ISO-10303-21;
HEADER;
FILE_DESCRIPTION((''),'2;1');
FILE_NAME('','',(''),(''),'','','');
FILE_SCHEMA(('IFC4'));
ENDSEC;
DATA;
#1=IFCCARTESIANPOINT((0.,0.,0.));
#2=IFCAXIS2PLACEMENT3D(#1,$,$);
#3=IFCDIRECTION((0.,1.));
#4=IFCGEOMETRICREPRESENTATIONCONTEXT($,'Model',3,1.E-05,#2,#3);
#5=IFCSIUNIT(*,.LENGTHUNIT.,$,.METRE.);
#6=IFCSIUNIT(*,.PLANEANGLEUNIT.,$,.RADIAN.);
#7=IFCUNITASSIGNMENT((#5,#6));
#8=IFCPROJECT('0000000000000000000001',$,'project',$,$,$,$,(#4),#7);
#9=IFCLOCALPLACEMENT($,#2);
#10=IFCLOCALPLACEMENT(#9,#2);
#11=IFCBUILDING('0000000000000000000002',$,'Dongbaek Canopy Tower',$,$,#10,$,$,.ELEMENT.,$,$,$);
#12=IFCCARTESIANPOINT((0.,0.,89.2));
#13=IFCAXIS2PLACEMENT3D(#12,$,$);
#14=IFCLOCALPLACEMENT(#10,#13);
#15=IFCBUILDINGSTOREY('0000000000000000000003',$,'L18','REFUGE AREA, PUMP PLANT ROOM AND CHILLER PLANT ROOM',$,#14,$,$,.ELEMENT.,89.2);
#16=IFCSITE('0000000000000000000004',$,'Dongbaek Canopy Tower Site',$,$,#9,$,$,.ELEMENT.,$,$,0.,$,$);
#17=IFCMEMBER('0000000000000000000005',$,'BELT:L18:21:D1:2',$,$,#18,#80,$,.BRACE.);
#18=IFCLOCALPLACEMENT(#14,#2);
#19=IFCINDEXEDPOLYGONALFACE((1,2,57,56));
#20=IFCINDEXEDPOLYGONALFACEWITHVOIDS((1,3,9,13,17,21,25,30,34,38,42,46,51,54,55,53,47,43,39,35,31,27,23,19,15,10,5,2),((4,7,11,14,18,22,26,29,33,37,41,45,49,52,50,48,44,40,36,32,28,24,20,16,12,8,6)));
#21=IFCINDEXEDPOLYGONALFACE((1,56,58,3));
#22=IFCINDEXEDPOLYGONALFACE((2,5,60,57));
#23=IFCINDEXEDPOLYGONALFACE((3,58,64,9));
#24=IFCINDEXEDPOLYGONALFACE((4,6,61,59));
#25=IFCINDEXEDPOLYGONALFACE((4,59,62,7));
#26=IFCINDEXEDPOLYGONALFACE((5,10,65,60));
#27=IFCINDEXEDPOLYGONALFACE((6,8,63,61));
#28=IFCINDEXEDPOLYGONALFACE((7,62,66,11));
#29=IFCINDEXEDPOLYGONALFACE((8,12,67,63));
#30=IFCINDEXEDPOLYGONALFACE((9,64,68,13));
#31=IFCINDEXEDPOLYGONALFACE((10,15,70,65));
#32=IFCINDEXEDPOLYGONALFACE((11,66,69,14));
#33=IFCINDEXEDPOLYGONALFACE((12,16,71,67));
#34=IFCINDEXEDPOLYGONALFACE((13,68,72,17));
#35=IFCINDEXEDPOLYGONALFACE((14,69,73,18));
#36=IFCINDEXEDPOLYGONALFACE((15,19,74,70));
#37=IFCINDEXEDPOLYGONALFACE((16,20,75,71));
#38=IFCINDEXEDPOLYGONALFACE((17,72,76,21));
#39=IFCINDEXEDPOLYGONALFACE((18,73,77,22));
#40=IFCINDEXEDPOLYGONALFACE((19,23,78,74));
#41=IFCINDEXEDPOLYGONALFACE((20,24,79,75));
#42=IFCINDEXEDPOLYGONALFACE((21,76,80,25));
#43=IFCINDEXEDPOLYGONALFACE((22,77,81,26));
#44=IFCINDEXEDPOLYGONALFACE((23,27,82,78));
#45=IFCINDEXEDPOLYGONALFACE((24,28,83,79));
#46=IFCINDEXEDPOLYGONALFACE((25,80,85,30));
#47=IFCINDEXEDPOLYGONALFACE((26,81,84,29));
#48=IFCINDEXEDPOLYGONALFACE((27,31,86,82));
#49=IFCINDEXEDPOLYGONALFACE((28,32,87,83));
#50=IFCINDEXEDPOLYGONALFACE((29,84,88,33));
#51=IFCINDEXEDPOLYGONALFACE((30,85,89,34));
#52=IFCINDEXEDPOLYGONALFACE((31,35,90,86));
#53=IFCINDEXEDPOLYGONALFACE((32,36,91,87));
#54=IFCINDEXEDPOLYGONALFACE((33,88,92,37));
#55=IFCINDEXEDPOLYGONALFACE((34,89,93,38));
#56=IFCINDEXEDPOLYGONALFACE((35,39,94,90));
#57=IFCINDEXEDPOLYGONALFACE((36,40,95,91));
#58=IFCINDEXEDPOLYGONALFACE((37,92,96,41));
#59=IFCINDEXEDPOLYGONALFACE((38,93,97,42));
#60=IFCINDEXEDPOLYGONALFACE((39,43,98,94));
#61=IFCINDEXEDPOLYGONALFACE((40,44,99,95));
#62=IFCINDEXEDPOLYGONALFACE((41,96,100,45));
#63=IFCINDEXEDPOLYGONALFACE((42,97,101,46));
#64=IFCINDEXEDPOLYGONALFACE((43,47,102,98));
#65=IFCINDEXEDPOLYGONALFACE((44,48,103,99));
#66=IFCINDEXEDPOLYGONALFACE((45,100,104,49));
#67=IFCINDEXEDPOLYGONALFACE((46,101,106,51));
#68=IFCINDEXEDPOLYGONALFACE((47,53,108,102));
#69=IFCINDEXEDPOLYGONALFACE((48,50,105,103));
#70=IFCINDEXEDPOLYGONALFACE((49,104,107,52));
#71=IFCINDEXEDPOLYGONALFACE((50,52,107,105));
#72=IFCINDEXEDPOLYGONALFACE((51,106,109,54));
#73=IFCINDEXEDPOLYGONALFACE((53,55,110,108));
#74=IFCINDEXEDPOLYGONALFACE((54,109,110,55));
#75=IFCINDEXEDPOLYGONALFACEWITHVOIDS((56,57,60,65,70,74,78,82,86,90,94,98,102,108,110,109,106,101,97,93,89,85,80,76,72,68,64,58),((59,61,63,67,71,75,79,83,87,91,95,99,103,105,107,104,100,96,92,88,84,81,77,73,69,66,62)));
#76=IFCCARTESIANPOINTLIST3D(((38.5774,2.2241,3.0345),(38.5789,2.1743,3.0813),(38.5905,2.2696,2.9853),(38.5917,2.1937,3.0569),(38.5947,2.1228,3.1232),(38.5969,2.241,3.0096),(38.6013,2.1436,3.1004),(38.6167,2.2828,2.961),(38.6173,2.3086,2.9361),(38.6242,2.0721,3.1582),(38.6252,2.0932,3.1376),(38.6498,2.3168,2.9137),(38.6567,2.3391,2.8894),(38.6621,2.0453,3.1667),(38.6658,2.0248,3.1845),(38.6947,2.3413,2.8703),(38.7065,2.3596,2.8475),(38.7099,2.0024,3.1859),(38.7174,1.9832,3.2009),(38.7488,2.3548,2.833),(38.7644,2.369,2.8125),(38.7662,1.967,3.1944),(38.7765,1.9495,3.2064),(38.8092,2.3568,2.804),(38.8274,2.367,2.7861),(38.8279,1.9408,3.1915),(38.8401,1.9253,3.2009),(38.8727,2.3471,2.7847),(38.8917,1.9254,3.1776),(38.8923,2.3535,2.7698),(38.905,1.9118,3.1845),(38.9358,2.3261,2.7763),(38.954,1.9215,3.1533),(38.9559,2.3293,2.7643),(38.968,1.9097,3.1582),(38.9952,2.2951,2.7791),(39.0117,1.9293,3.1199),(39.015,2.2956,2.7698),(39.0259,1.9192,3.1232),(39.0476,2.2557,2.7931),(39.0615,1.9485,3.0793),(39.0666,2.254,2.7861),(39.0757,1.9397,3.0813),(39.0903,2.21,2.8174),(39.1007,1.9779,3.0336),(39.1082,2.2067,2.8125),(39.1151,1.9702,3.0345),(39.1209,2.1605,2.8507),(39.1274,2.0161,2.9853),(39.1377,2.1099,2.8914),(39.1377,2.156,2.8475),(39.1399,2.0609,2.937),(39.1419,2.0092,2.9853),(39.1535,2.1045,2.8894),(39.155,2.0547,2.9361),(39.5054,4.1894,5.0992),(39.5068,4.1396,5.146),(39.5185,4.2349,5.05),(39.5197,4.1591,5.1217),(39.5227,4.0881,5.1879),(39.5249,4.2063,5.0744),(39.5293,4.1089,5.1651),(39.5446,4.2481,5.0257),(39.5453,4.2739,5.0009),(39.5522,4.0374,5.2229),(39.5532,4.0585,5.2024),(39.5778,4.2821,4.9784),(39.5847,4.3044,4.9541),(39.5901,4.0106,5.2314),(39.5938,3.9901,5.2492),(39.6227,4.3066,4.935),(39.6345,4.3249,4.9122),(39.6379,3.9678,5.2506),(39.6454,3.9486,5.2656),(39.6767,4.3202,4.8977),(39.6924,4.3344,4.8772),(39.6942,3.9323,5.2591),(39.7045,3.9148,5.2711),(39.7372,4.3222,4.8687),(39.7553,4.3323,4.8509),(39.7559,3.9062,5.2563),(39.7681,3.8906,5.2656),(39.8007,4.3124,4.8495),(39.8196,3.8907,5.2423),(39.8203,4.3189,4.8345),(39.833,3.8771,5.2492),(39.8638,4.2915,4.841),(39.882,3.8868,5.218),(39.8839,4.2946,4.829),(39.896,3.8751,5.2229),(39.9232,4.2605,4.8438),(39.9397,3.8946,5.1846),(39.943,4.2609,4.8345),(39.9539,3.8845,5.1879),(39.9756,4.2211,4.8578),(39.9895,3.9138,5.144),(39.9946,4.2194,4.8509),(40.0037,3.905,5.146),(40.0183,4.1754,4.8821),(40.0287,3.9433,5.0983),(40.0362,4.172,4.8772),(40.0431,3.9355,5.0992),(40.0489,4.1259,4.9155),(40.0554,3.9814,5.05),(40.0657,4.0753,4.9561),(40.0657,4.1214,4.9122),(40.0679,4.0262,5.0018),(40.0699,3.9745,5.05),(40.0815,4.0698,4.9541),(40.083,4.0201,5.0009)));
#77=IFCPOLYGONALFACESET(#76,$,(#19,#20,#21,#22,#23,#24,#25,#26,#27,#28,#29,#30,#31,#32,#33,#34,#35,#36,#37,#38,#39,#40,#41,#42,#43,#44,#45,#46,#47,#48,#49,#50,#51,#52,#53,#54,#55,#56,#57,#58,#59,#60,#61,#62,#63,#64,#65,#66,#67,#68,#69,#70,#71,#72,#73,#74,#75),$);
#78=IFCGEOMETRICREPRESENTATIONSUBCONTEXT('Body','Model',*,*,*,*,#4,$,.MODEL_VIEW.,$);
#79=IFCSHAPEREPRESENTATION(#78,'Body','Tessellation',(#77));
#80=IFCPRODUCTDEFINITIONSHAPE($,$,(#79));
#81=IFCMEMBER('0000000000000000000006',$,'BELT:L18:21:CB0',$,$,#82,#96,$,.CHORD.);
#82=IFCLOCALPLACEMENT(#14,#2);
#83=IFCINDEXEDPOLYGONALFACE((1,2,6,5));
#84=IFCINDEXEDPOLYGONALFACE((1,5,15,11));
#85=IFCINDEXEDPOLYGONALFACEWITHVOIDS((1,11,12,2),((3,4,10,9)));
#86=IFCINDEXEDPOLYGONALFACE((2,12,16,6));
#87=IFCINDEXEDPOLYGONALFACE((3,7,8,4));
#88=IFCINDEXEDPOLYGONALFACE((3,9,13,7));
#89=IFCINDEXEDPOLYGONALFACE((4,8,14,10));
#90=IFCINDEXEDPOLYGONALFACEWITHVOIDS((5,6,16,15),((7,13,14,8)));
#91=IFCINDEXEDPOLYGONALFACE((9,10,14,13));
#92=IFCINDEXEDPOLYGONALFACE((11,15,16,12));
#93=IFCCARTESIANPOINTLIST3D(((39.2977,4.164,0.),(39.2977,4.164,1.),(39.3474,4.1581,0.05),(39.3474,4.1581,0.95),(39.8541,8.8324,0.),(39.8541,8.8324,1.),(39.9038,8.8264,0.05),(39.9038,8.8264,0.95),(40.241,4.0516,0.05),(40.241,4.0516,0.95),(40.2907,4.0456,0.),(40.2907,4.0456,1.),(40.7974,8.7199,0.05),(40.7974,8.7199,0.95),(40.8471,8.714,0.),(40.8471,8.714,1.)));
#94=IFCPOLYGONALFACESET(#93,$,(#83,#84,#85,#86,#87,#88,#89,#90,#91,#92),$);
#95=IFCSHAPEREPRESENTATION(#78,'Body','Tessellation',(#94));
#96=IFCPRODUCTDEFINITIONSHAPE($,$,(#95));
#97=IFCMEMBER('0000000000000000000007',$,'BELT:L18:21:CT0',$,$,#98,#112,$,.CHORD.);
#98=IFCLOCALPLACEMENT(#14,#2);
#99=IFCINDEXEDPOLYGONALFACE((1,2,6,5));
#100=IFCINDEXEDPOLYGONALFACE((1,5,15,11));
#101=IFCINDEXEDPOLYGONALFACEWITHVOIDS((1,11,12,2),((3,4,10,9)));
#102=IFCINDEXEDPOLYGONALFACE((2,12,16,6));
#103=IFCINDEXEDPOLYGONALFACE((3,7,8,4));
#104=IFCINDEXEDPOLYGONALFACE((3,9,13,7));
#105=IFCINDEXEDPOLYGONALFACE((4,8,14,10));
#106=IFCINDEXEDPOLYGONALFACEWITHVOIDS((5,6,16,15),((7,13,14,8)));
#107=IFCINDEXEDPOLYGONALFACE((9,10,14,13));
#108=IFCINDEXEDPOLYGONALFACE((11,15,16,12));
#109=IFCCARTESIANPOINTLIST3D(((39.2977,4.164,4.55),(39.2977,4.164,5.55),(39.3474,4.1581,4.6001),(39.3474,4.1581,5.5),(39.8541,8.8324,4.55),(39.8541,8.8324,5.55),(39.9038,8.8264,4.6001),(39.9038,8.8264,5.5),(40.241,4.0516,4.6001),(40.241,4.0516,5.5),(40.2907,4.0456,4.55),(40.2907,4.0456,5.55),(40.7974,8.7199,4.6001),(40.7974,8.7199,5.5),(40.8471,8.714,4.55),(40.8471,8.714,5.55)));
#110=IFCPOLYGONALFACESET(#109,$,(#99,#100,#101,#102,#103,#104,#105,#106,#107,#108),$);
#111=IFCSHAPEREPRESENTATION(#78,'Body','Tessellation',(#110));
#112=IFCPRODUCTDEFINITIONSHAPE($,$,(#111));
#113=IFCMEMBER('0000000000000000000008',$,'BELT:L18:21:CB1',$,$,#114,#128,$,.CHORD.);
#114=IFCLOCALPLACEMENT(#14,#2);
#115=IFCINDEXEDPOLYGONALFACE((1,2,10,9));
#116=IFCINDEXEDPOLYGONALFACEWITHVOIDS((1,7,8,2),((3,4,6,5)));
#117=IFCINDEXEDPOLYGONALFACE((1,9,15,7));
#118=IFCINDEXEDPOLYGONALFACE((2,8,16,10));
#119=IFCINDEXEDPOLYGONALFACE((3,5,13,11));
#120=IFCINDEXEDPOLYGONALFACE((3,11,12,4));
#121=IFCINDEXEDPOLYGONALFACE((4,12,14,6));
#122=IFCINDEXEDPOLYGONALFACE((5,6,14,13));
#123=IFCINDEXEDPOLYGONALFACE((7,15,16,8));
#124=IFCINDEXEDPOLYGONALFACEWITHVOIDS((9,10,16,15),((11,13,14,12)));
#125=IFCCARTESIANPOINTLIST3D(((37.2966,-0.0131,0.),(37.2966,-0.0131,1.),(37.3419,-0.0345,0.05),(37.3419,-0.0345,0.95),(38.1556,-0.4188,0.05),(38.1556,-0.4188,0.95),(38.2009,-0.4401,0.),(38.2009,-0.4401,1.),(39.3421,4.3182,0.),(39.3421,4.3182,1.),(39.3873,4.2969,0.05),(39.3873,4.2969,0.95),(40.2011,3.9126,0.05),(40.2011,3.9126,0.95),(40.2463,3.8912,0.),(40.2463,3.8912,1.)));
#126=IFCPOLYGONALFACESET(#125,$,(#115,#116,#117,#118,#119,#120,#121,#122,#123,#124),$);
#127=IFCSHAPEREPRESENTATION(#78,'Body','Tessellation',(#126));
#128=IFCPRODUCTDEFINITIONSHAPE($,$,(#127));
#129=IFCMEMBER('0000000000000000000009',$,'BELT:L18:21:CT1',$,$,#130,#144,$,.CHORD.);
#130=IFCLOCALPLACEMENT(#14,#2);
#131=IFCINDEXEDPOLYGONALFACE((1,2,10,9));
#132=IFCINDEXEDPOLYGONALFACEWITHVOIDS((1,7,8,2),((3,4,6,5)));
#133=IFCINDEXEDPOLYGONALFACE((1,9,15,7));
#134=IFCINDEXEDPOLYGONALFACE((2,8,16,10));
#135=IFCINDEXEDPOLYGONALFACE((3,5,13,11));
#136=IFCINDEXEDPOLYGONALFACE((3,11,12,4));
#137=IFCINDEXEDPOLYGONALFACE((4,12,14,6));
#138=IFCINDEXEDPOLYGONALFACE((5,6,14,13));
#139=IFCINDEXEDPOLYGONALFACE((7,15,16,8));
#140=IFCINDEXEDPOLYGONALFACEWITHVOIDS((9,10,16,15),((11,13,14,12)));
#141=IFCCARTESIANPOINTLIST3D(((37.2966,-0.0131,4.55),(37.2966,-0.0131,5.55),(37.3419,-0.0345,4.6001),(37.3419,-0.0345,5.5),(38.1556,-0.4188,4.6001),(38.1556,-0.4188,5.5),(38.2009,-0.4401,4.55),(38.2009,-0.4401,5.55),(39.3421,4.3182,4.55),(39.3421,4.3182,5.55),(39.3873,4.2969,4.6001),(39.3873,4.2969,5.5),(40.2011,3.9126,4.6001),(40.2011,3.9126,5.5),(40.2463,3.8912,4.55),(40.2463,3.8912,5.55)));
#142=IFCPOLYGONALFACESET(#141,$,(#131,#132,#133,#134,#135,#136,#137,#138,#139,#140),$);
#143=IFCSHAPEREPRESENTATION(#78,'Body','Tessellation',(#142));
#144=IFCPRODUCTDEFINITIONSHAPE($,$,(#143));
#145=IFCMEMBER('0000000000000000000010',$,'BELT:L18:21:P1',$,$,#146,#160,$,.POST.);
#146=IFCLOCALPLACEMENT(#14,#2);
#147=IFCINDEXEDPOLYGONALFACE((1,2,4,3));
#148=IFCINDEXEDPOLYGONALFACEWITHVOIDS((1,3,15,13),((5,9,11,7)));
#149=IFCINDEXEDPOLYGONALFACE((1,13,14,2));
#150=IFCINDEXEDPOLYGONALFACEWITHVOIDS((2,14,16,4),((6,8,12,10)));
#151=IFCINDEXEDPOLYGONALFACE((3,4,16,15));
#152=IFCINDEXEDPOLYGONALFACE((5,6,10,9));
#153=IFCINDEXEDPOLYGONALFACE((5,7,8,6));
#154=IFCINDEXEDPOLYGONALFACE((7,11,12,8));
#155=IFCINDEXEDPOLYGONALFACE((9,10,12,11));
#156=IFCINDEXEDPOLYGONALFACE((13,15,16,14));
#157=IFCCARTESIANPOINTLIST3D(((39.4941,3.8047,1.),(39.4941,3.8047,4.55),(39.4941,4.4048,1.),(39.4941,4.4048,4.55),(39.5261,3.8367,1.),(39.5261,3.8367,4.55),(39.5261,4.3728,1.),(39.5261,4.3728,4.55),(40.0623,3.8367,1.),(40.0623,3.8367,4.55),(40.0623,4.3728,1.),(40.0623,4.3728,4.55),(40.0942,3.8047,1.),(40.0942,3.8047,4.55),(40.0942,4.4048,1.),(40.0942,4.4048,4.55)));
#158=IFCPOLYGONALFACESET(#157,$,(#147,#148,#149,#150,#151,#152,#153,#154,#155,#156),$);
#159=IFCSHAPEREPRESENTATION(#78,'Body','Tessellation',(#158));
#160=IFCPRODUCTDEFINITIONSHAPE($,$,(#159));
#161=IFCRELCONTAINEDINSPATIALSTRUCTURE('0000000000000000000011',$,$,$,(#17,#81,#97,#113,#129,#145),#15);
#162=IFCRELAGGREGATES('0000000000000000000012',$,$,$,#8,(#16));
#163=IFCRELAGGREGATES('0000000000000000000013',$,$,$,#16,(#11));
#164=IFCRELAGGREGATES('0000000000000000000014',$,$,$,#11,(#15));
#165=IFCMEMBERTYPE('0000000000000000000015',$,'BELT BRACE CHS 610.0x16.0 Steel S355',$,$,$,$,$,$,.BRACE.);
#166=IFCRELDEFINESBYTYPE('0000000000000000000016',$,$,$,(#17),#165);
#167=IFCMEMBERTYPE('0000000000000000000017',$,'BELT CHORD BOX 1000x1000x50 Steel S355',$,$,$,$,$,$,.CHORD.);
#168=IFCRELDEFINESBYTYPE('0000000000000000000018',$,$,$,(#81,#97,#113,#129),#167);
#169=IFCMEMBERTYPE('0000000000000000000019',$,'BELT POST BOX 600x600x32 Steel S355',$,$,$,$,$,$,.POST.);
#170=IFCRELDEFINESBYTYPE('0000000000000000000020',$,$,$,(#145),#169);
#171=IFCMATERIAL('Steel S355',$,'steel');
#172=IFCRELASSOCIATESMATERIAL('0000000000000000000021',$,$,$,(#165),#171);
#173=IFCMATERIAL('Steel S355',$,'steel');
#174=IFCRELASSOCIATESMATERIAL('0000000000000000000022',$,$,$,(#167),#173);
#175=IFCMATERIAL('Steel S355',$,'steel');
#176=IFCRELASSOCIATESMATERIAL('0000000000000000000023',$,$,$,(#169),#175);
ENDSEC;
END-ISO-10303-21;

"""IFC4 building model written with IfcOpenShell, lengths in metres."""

from ifc_helpers import new_model, si_unit, direction, frame, origin, origin_2d, place, context, subcontext, project, spatial, hollow_rectangle, hollow_circle, extrude, material, material_profile, profile_set, type_object, element, save


model = new_model("IFC4")

# Units and contexts
model_context = context("Model", 3, precision=1e-05, world=origin(), true_north=direction((0.0, 1.0)))
body_context = subcontext(model_context, "Body", "Model", "MODEL_VIEW")
ifc_project = project(units=[si_unit("LENGTHUNIT", "METRE"), si_unit("PLANEANGLEUNIT", "RADIAN")], contexts=[model_context])

# Site, building, storey
site_placement = place(None, origin())
site = spatial("IfcSite", under=ifc_project, at=site_placement, Name="Dongbaek Canopy Tower Site", CompositionType="ELEMENT", RefElevation=0.0)
building_placement = place(site_placement, origin())
building = spatial("IfcBuilding", under=site, at=building_placement, Name="Dongbaek Canopy Tower", CompositionType="ELEMENT")
storey_placement = place(building_placement, frame((0.0, 0.0, 89.2)))
storey = spatial("IfcBuildingStorey", under=building, at=storey_placement, Name="L18", Description="REFUGE AREA, PUMP PLANT ROOM AND CHILLER PLANT ROOM", CompositionType="ELEMENT", Elevation=89.2)

# Members
ifc_material_1 = material(Name="Steel S355", Category="steel")
ifc_material_profile_1 = material_profile(ifc_material_1, hollow_circle(Radius=0.3049, WallThickness=0.0161, at=origin_2d()), Name="BELT BRACE CHS 610.0x16.0 Steel S355")
ifc_profile_set_1 = profile_set([ifc_material_profile_1], Name="Steel S355")
member_type_1 = type_object("IfcMemberType", Name="BELT BRACE CHS 610.0x16.0 Steel S355", PredefinedType="BRACE", material=ifc_profile_set_1)
member_1_placement = place(storey_placement, frame((39.7942, 4.1047, 5.05), z_axis=(-0.309556, -0.655597, -0.688743), x_axis=(0.904266, -0.426971, 0.0)))
element("IfcMember", 1, at=member_1_placement, inside=storey, type_object=member_type_1, Name="BELT:L18:21:D1:2", PredefinedType="BRACE", context=body_context, shape_type="SweptSolid", body=[
    extrude(hollow_circle(Radius=0.3049, WallThickness=0.0161, at=origin_2d()), origin(), (0.0, 0.0, 1.0), 2.9978),
])
ifc_material_2 = material(Name="Steel S355", Category="steel")
ifc_material_profile_2 = material_profile(ifc_material_2, hollow_rectangle(XDim=1.0, YDim=1.0, WallThickness=0.05, at=origin_2d()), Name="BELT CHORD BOX 1000x1000x50 Steel S355")
ifc_profile_set_2 = profile_set([ifc_material_profile_2], Name="Steel S355")
member_type_2 = type_object("IfcMemberType", Name="BELT CHORD BOX 1000x1000x50 Steel S355", PredefinedType="CHORD", material=ifc_profile_set_2)
for number, where, z_axis, x_axis, name in (
    (2, (40.3506, 8.7732, 0.5), (-0.118345, -0.992973, 0.0), (0.992973, -0.118345, 0.0), "BELT:L18:21:CB0"),
    (3, (40.3506, 8.7732, 5.05), (-0.118345, -0.992973, 0.0), (0.992973, -0.118345, 0.0), "BELT:L18:21:CT0"),
):
    element("IfcMember", number, at=place(storey_placement, frame(where, z_axis=z_axis, x_axis=x_axis)), inside=storey, type_object=member_type_2, Name=name, PredefinedType="CHORD", context=body_context, shape_type="SweptSolid", body=[
        extrude(hollow_rectangle(XDim=1.0, YDim=1.0, WallThickness=0.05, at=origin_2d()), origin(), (0.0, 0.0, 1.0), 4.7014),
    ])
for number, where, z_axis, x_axis, name in (
    (4, (39.7942, 4.1047, 0.5), (-0.427019, -0.904243, 0.0), (0.904243, -0.427019, 0.0), "BELT:L18:21:CB1"),
    (5, (39.7942, 4.1047, 5.05), (-0.427019, -0.904243, 0.0), (0.904243, -0.427019, 0.0), "BELT:L18:21:CT1"),
):
    element("IfcMember", number, at=place(storey_placement, frame(where, z_axis=z_axis, x_axis=x_axis)), inside=storey, type_object=member_type_2, Name=name, PredefinedType="CHORD", context=body_context, shape_type="SweptSolid", body=[
        extrude(hollow_rectangle(XDim=1.0, YDim=1.0, WallThickness=0.05, at=origin_2d()), origin(), (0.0, 0.0, 1.0), 4.79),
    ])
ifc_material_3 = material(Name="Steel S355", Category="steel")
ifc_material_profile_3 = material_profile(ifc_material_3, hollow_rectangle(XDim=0.6001, YDim=0.6001, WallThickness=0.032, at=origin_2d()), Name="BELT POST BOX 600x600x32 Steel S355")
ifc_profile_set_3 = profile_set([ifc_material_profile_3], Name="Steel S355")
member_type_3 = type_object("IfcMemberType", Name="BELT POST BOX 600x600x32 Steel S355", PredefinedType="POST", material=ifc_profile_set_3)
member_2_placement = place(storey_placement, frame((39.7942, 4.1047, 1.0), z_axis=(0.0, 0.0, 1.0), x_axis=(1.0, 0.0, 0.0)))
element("IfcMember", 6, at=member_2_placement, inside=storey, type_object=member_type_3, Name="BELT:L18:21:P1", PredefinedType="POST", context=body_context, shape_type="SweptSolid", body=[
    extrude(hollow_rectangle(XDim=0.6001, YDim=0.6001, WallThickness=0.032, at=origin_2d()), origin(), (0.0, 0.0, 1.0), 3.55),
])

save(model, "model.ifc")
